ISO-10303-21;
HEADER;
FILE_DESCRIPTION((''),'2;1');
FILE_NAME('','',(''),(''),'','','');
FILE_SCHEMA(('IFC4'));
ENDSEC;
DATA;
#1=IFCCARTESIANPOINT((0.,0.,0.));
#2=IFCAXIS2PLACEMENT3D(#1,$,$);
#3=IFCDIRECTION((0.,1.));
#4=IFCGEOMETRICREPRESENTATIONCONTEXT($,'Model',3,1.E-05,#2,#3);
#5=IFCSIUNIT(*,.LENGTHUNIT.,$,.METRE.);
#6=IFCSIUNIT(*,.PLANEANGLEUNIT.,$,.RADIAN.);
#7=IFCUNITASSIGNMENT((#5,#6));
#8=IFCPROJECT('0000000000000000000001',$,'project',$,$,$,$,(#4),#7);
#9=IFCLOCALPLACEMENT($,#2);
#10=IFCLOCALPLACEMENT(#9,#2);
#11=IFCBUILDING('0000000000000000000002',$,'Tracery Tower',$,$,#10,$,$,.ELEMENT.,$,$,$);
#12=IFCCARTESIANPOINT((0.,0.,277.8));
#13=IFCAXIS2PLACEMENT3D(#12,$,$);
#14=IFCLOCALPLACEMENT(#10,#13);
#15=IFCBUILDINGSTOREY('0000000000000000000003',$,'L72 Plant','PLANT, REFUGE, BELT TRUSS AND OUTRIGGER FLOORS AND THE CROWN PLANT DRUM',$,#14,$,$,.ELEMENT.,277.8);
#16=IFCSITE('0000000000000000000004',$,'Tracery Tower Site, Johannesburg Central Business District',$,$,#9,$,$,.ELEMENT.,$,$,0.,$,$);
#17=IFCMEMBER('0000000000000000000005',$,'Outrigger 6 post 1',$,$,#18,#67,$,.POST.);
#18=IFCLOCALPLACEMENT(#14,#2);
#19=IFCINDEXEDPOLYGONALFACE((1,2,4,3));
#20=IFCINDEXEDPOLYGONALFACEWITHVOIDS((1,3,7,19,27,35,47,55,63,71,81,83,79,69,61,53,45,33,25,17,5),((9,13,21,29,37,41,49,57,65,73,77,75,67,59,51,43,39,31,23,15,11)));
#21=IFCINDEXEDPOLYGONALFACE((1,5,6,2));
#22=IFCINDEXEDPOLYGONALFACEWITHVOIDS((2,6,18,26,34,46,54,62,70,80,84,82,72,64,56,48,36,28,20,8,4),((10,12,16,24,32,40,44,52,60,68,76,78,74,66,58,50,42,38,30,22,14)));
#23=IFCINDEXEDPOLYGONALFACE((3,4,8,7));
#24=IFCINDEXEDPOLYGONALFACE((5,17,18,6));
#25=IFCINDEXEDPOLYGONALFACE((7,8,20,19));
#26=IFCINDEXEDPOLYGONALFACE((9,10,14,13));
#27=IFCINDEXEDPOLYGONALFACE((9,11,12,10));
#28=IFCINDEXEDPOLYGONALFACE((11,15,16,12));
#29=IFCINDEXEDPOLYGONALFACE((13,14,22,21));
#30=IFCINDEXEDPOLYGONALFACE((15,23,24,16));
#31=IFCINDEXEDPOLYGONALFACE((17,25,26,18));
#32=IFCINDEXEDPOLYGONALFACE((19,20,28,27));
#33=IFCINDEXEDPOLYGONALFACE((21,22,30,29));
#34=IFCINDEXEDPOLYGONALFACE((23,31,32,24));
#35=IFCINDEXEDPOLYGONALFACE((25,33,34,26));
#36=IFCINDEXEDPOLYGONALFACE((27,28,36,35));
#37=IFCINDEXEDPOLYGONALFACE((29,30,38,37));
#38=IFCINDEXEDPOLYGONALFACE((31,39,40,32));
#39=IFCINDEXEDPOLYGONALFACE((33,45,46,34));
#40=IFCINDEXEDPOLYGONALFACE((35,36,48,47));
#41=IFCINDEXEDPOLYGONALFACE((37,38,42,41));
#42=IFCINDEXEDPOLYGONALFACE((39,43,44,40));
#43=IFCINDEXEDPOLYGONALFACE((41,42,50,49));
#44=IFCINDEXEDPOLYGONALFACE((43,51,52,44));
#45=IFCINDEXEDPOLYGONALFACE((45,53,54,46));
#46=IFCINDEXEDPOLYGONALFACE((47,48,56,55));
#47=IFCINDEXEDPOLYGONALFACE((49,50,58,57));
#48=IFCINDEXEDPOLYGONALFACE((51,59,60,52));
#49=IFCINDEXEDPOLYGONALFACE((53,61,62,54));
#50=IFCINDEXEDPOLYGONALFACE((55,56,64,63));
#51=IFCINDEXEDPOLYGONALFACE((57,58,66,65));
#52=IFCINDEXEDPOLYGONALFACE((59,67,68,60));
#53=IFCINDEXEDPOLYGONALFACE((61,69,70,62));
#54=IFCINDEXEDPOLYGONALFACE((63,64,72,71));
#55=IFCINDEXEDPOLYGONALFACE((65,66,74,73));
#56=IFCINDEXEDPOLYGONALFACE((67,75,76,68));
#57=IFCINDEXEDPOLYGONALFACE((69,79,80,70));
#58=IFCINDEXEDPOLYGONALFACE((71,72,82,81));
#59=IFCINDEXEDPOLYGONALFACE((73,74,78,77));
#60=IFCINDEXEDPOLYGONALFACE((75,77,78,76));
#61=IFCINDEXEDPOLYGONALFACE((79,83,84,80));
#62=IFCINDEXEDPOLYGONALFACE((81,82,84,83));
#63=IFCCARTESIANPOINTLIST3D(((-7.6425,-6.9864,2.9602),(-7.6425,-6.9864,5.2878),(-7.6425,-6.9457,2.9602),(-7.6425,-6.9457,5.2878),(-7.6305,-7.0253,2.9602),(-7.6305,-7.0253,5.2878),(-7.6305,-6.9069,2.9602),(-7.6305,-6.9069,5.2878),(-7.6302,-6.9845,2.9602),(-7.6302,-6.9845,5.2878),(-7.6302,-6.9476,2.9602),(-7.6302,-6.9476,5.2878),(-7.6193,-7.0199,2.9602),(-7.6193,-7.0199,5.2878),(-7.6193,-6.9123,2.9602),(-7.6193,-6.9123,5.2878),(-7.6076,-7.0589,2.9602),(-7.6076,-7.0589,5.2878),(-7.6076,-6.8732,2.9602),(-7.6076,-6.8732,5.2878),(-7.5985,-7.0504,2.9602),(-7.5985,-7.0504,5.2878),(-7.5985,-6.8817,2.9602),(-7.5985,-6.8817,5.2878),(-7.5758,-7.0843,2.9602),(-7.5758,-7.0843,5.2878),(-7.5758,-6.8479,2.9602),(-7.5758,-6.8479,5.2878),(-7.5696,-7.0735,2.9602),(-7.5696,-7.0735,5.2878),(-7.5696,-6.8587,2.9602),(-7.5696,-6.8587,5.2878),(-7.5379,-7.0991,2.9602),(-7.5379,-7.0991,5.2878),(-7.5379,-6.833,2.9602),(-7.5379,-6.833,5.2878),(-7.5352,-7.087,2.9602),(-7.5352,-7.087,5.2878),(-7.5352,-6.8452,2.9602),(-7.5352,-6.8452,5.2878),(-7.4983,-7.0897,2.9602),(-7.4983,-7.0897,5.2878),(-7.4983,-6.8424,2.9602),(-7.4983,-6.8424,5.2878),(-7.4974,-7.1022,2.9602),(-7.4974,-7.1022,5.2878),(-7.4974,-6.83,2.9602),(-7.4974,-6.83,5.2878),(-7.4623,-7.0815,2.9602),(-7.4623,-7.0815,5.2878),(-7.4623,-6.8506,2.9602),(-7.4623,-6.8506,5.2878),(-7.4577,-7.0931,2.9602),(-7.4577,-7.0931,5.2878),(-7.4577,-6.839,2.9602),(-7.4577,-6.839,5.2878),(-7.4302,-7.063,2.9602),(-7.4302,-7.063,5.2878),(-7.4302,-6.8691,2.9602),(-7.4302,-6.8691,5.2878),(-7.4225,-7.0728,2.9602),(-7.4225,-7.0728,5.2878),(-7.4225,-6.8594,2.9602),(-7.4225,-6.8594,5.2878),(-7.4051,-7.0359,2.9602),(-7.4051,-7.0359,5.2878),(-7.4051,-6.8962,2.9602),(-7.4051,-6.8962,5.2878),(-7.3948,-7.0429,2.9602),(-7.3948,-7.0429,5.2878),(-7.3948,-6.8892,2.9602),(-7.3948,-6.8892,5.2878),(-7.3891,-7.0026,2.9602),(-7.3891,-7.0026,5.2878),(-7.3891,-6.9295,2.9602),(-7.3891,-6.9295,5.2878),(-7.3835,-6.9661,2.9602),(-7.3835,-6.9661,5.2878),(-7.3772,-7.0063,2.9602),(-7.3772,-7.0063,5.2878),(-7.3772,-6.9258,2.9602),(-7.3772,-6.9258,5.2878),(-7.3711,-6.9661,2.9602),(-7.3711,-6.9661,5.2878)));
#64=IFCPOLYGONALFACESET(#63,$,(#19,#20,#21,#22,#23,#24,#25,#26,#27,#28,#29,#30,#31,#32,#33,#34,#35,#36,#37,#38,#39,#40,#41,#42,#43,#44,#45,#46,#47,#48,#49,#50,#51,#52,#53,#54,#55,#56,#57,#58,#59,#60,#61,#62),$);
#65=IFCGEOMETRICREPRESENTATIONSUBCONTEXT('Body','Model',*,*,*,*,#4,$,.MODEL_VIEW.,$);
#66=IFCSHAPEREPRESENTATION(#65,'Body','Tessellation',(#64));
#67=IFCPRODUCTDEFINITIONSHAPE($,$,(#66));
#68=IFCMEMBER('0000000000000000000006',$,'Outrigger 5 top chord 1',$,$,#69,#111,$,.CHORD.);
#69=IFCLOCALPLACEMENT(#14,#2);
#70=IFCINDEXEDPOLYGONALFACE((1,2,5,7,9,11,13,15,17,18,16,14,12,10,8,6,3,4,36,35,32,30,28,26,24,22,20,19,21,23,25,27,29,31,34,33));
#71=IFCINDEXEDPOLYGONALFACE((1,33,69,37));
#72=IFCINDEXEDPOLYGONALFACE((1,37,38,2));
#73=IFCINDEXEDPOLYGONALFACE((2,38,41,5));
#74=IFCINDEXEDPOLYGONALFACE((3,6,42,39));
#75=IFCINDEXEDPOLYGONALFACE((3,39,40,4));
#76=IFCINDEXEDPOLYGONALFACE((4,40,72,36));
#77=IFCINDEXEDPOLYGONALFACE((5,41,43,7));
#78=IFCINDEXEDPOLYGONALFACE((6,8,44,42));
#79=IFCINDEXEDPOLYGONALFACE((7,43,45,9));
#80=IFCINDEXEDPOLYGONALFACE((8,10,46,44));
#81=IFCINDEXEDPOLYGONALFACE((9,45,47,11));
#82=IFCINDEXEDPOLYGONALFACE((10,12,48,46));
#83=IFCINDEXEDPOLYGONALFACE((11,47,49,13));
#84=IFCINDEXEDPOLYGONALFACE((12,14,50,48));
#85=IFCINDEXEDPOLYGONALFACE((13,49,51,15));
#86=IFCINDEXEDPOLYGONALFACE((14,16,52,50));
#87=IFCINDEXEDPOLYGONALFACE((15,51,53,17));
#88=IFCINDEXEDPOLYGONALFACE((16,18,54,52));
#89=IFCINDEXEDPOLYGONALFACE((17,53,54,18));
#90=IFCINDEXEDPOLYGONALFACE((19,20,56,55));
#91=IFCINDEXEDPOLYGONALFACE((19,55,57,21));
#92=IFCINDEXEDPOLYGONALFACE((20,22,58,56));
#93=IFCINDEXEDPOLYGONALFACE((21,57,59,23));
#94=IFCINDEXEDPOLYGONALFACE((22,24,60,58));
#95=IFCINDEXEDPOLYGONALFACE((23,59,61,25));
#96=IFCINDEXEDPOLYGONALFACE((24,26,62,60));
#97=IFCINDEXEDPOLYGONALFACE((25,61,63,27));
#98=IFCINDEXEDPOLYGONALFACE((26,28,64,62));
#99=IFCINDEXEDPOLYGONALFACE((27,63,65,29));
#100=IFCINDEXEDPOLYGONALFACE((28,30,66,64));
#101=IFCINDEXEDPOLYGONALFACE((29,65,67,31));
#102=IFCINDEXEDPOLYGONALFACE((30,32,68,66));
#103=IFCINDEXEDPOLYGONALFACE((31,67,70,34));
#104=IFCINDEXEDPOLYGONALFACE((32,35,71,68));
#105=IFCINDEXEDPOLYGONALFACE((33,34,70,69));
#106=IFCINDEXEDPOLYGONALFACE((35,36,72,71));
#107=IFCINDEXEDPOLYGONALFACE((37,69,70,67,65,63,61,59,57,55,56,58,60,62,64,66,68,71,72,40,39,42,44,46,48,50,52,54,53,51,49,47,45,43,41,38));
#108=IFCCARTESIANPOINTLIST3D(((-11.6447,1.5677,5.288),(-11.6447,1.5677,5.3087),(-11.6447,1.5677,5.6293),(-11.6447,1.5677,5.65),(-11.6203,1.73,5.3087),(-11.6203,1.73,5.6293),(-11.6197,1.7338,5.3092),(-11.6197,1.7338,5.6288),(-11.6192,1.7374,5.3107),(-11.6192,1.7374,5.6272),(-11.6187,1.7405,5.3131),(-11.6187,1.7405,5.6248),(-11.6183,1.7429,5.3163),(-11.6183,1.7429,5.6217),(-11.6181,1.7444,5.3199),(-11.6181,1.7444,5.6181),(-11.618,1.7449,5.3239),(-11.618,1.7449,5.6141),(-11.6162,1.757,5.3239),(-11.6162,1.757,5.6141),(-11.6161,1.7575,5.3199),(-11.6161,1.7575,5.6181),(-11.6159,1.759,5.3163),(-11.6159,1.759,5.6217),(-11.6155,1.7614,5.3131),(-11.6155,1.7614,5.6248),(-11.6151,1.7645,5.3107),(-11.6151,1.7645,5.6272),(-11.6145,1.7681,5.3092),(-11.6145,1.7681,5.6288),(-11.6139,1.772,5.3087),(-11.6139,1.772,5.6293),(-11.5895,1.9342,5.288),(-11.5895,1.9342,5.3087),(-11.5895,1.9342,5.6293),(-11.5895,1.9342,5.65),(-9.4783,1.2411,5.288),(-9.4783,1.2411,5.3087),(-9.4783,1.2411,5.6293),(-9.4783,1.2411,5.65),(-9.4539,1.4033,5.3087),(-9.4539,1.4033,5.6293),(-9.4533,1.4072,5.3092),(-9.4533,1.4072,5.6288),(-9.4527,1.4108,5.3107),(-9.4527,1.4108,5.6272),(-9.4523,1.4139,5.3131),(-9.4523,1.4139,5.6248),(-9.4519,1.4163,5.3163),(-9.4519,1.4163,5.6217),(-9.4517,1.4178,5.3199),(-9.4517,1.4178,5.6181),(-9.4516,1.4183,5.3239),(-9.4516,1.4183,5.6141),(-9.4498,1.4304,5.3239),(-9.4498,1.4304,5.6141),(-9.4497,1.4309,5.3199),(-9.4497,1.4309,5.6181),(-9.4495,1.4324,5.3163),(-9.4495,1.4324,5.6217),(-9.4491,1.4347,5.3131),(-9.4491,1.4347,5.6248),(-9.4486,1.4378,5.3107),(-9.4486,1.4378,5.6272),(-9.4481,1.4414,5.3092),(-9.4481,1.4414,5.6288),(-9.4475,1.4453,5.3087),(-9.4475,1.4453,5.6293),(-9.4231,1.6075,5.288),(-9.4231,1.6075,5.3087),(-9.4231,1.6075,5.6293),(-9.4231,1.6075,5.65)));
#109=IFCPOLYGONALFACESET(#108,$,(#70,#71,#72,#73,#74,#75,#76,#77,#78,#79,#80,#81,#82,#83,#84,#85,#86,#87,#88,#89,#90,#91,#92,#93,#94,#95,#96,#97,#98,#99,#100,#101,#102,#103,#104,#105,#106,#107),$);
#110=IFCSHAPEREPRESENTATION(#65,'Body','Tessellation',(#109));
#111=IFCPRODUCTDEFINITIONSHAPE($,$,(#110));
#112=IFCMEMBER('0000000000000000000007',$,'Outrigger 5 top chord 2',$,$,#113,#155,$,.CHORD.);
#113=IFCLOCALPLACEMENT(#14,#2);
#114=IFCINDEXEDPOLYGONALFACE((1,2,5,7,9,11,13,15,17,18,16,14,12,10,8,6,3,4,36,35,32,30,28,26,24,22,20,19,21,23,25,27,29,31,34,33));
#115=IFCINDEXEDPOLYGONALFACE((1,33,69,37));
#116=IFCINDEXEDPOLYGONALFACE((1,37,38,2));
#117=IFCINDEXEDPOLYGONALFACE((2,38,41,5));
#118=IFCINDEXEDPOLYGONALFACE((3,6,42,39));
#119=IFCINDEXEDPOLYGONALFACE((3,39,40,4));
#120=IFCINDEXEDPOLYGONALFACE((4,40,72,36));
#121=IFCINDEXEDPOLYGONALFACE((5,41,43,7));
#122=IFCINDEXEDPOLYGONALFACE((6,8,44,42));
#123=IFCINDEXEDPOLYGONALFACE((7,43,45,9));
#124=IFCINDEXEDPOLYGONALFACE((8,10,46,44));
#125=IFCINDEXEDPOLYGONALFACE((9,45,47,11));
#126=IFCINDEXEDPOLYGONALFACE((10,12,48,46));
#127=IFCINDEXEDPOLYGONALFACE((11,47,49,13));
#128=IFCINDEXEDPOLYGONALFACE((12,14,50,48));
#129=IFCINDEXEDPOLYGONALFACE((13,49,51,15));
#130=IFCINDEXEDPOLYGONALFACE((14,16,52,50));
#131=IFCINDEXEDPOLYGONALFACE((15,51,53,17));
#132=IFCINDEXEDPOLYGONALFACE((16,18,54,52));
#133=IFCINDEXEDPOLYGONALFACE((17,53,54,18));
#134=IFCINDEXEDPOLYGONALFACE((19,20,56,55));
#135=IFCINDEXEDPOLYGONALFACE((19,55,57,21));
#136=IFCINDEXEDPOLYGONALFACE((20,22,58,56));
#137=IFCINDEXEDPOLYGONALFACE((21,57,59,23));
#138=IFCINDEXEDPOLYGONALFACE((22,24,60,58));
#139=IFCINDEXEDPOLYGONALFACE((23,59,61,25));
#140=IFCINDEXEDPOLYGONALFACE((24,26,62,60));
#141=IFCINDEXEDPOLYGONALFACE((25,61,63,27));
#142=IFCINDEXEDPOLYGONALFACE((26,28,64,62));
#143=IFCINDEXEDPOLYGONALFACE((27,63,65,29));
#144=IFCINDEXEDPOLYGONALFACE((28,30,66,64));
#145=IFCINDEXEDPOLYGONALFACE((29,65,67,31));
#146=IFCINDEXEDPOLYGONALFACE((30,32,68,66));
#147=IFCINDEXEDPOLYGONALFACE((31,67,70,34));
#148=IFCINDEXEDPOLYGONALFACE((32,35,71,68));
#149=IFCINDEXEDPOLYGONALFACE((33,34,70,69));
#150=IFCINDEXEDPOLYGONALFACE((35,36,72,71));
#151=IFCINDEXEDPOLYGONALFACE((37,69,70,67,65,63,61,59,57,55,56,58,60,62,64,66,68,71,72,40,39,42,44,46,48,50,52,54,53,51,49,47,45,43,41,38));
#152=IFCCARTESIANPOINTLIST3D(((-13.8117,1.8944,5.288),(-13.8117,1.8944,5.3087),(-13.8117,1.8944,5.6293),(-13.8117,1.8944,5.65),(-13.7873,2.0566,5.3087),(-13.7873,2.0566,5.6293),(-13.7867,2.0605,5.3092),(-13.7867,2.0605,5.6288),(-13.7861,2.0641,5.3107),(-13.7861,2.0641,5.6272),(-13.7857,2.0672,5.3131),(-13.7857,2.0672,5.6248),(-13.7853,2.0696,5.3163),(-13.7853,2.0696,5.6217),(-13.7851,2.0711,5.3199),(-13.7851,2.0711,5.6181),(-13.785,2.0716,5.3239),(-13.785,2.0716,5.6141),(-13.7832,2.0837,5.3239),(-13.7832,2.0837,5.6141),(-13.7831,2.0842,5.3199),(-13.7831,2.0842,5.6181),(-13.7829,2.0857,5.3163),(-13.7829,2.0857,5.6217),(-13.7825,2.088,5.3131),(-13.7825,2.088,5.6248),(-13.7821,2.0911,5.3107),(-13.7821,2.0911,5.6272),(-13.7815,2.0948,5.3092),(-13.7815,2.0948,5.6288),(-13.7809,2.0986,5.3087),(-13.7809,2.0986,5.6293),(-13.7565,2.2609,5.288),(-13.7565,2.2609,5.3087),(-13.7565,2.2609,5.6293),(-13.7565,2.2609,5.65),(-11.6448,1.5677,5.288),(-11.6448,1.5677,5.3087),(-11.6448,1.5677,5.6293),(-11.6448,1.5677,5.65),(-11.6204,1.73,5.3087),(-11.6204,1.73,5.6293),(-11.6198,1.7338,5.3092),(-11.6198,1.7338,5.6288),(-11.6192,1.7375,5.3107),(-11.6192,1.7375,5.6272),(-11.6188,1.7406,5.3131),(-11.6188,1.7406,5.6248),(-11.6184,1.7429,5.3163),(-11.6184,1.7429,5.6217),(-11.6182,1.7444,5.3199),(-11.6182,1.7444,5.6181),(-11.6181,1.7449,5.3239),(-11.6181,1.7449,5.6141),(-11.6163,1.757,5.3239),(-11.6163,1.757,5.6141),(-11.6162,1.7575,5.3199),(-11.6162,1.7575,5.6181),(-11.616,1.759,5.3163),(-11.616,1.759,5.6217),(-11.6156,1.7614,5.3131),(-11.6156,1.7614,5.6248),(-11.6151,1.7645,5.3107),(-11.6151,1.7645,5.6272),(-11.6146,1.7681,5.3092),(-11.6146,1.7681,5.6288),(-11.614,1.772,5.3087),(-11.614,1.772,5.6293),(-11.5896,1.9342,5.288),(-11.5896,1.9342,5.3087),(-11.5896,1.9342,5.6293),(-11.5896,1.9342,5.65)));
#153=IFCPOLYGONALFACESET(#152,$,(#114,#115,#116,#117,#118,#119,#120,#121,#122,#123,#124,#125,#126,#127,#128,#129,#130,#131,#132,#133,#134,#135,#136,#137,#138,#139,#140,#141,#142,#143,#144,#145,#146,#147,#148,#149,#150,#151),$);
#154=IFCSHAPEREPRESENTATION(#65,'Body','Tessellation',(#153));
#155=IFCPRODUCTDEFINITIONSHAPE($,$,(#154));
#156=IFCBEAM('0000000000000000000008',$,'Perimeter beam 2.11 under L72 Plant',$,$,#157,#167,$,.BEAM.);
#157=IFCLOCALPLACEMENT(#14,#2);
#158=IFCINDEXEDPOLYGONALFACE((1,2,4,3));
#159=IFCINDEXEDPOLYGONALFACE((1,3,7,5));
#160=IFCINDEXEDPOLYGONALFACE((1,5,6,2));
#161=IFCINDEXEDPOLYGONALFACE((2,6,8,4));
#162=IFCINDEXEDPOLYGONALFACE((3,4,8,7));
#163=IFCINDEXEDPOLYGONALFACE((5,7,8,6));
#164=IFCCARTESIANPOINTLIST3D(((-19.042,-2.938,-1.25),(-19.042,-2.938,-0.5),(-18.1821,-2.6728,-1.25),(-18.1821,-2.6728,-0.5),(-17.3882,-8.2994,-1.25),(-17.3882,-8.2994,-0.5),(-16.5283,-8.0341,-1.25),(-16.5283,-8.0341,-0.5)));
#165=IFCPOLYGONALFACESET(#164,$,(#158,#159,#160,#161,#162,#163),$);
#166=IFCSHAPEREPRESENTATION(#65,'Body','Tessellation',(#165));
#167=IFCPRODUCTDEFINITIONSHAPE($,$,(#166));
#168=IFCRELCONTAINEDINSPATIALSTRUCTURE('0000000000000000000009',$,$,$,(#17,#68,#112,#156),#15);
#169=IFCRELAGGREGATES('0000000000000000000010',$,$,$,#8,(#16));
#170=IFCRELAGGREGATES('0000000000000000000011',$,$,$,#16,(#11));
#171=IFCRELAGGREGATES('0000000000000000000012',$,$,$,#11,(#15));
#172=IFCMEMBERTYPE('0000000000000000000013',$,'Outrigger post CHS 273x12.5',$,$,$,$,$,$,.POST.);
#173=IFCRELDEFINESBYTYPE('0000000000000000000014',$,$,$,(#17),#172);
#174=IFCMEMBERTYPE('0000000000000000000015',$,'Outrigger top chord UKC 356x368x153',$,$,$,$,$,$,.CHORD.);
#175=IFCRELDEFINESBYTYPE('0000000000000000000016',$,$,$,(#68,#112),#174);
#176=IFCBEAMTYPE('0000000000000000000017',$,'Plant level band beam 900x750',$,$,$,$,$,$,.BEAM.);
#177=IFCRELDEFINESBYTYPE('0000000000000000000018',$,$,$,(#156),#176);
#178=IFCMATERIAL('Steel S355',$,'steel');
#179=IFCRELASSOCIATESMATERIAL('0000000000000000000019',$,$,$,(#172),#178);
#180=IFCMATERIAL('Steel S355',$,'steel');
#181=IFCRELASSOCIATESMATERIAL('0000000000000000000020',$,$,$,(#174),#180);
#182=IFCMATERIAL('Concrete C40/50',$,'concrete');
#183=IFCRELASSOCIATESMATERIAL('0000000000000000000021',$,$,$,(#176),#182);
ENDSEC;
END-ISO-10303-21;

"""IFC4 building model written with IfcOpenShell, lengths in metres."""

from ifc_helpers import new_model, si_unit, direction, frame, origin, origin_2d, place, context, subcontext, project, spatial, rectangle, hollow_circle, i_section, extrude, material, material_profile, profile_set, type_object, element, save


model = new_model("IFC4")

# Units and contexts
model_context = context("Model", 3, precision=1e-05, world=origin(), true_north=direction((0.0, 1.0)))
body_context = subcontext(model_context, "Body", "Model", "MODEL_VIEW")
ifc_project = project(units=[si_unit("LENGTHUNIT", "METRE"), si_unit("PLANEANGLEUNIT", "RADIAN")], contexts=[model_context])

# Site, building, storey
site_placement = place(None, origin())
site = spatial("IfcSite", under=ifc_project, at=site_placement, Name="Tracery Tower Site, Johannesburg Central Business District", CompositionType="ELEMENT", RefElevation=0.0)
building_placement = place(site_placement, origin())
building = spatial("IfcBuilding", under=site, at=building_placement, Name="Tracery Tower", CompositionType="ELEMENT")
storey_placement = place(building_placement, frame((0.0, 0.0, 277.8)))
storey = spatial("IfcBuildingStorey", under=building, at=storey_placement, Name="L72 Plant", Description="PLANT, REFUGE, BELT TRUSS AND OUTRIGGER FLOORS AND THE CROWN PLANT DRUM", CompositionType="ELEMENT", Elevation=277.8)

# Members
ifc_material_1 = material(Name="Steel S355", Category="steel")
ifc_material_profile_1 = material_profile(ifc_material_1, hollow_circle(Radius=0.1365, WallThickness=0.0125, at=origin_2d()), Name="CHS 273x12.5")
ifc_profile_set_1 = profile_set([ifc_material_profile_1], Name="Steel S355")
member_type_1 = type_object("IfcMemberType", Name="Outrigger post CHS 273x12.5", PredefinedType="POST", material=ifc_profile_set_1)
for number, where, z_axis, x_axis, name in (
    (1, (-7.5076, -6.9661, 2.9602), (0.0, 0.0, 1.0), (1.0, 0.0, 0.0), "Outrigger 6 post 1"),
):
    element("IfcMember", number, at=place(storey_placement, frame(where, z_axis=z_axis, x_axis=x_axis)), inside=storey, type_object=member_type_1, Name=name, PredefinedType="POST", context=body_context, shape_type="SweptSolid", body=[
        extrude(hollow_circle(Radius=0.1365, WallThickness=0.0125, at=origin_2d()), origin(), (0.0, 0.0, 1.0), 2.3276),
    ])
ifc_material_2 = material(Name="Steel S355", Category="steel")
ifc_material_profile_2 = material_profile(ifc_material_2, i_section(OverallWidth=0.3706, OverallDepth=0.3621, WebThickness=0.0122, FlangeThickness=0.0208, FilletRadius=0.0151, at=origin_2d()), Name="UKC 356x368x153")
ifc_profile_set_2 = profile_set([ifc_material_profile_2], Name="Steel S355")
member_type_2 = type_object("IfcMemberType", Name="Outrigger top chord UKC 356x368x153", PredefinedType="CHORD", material=ifc_profile_set_2)
member_1_placement = place(storey_placement, frame((-9.4507, 1.4243, 5.469), z_axis=(-0.988823, 0.149092, 0.0), x_axis=(-0.149092, -0.988823, 0.0)))
element("IfcMember", 2, at=member_1_placement, inside=storey, type_object=member_type_2, Name="Outrigger 5 top chord 1", PredefinedType="CHORD", context=body_context, shape_type="SweptSolid", body=[
    extrude(i_section(OverallWidth=0.3706, OverallDepth=0.3621, WebThickness=0.0122, FlangeThickness=0.0208, FilletRadius=0.0151, at=origin_2d()), origin(), (0.0, 0.0, 1.0), 2.1909),
])
member_2_placement = place(storey_placement, frame((-11.6172, 1.751, 5.469), z_axis=(-0.988828, 0.14906, 0.0), x_axis=(-0.14906, -0.988828, 0.0)))
element("IfcMember", 3, at=member_2_placement, inside=storey, type_object=member_type_2, Name="Outrigger 5 top chord 2", PredefinedType="CHORD", context=body_context, shape_type="SweptSolid", body=[
    extrude(i_section(OverallWidth=0.3706, OverallDepth=0.3621, WebThickness=0.0122, FlangeThickness=0.0208, FilletRadius=0.0151, at=origin_2d()), origin(), (0.0, 0.0, 1.0), 2.1914),
])

# Beam
ifc_material_3 = material(Name="Concrete C40/50", Category="concrete")
ifc_material_profile_3 = material_profile(ifc_material_3, rectangle(XDim=0.8999, YDim=0.75, at=origin_2d()), Name="RC 900x750")
ifc_profile_set_3 = profile_set([ifc_material_profile_3], Name="Concrete C40/50")
beam_type = type_object("IfcBeamType", Name="Plant level band beam 900x750", PredefinedType="BEAM", material=ifc_profile_set_3)
beam_placement = place(storey_placement, frame((-18.6121, -2.8054, -0.875), z_axis=(0.294765, -0.95557, 0.0), x_axis=(0.95557, 0.294765, 0.0)))
element("IfcBeam", 4, at=beam_placement, inside=storey, type_object=beam_type, Name="Perimeter beam 2.11 under L72 Plant", PredefinedType="BEAM", context=body_context, shape_type="SweptSolid", body=[
    extrude(rectangle(XDim=0.8999, YDim=0.75, at=origin_2d()), origin(), (0.0, 0.0, 1.0), 5.6106),
])

save(model, "model.ifc")
